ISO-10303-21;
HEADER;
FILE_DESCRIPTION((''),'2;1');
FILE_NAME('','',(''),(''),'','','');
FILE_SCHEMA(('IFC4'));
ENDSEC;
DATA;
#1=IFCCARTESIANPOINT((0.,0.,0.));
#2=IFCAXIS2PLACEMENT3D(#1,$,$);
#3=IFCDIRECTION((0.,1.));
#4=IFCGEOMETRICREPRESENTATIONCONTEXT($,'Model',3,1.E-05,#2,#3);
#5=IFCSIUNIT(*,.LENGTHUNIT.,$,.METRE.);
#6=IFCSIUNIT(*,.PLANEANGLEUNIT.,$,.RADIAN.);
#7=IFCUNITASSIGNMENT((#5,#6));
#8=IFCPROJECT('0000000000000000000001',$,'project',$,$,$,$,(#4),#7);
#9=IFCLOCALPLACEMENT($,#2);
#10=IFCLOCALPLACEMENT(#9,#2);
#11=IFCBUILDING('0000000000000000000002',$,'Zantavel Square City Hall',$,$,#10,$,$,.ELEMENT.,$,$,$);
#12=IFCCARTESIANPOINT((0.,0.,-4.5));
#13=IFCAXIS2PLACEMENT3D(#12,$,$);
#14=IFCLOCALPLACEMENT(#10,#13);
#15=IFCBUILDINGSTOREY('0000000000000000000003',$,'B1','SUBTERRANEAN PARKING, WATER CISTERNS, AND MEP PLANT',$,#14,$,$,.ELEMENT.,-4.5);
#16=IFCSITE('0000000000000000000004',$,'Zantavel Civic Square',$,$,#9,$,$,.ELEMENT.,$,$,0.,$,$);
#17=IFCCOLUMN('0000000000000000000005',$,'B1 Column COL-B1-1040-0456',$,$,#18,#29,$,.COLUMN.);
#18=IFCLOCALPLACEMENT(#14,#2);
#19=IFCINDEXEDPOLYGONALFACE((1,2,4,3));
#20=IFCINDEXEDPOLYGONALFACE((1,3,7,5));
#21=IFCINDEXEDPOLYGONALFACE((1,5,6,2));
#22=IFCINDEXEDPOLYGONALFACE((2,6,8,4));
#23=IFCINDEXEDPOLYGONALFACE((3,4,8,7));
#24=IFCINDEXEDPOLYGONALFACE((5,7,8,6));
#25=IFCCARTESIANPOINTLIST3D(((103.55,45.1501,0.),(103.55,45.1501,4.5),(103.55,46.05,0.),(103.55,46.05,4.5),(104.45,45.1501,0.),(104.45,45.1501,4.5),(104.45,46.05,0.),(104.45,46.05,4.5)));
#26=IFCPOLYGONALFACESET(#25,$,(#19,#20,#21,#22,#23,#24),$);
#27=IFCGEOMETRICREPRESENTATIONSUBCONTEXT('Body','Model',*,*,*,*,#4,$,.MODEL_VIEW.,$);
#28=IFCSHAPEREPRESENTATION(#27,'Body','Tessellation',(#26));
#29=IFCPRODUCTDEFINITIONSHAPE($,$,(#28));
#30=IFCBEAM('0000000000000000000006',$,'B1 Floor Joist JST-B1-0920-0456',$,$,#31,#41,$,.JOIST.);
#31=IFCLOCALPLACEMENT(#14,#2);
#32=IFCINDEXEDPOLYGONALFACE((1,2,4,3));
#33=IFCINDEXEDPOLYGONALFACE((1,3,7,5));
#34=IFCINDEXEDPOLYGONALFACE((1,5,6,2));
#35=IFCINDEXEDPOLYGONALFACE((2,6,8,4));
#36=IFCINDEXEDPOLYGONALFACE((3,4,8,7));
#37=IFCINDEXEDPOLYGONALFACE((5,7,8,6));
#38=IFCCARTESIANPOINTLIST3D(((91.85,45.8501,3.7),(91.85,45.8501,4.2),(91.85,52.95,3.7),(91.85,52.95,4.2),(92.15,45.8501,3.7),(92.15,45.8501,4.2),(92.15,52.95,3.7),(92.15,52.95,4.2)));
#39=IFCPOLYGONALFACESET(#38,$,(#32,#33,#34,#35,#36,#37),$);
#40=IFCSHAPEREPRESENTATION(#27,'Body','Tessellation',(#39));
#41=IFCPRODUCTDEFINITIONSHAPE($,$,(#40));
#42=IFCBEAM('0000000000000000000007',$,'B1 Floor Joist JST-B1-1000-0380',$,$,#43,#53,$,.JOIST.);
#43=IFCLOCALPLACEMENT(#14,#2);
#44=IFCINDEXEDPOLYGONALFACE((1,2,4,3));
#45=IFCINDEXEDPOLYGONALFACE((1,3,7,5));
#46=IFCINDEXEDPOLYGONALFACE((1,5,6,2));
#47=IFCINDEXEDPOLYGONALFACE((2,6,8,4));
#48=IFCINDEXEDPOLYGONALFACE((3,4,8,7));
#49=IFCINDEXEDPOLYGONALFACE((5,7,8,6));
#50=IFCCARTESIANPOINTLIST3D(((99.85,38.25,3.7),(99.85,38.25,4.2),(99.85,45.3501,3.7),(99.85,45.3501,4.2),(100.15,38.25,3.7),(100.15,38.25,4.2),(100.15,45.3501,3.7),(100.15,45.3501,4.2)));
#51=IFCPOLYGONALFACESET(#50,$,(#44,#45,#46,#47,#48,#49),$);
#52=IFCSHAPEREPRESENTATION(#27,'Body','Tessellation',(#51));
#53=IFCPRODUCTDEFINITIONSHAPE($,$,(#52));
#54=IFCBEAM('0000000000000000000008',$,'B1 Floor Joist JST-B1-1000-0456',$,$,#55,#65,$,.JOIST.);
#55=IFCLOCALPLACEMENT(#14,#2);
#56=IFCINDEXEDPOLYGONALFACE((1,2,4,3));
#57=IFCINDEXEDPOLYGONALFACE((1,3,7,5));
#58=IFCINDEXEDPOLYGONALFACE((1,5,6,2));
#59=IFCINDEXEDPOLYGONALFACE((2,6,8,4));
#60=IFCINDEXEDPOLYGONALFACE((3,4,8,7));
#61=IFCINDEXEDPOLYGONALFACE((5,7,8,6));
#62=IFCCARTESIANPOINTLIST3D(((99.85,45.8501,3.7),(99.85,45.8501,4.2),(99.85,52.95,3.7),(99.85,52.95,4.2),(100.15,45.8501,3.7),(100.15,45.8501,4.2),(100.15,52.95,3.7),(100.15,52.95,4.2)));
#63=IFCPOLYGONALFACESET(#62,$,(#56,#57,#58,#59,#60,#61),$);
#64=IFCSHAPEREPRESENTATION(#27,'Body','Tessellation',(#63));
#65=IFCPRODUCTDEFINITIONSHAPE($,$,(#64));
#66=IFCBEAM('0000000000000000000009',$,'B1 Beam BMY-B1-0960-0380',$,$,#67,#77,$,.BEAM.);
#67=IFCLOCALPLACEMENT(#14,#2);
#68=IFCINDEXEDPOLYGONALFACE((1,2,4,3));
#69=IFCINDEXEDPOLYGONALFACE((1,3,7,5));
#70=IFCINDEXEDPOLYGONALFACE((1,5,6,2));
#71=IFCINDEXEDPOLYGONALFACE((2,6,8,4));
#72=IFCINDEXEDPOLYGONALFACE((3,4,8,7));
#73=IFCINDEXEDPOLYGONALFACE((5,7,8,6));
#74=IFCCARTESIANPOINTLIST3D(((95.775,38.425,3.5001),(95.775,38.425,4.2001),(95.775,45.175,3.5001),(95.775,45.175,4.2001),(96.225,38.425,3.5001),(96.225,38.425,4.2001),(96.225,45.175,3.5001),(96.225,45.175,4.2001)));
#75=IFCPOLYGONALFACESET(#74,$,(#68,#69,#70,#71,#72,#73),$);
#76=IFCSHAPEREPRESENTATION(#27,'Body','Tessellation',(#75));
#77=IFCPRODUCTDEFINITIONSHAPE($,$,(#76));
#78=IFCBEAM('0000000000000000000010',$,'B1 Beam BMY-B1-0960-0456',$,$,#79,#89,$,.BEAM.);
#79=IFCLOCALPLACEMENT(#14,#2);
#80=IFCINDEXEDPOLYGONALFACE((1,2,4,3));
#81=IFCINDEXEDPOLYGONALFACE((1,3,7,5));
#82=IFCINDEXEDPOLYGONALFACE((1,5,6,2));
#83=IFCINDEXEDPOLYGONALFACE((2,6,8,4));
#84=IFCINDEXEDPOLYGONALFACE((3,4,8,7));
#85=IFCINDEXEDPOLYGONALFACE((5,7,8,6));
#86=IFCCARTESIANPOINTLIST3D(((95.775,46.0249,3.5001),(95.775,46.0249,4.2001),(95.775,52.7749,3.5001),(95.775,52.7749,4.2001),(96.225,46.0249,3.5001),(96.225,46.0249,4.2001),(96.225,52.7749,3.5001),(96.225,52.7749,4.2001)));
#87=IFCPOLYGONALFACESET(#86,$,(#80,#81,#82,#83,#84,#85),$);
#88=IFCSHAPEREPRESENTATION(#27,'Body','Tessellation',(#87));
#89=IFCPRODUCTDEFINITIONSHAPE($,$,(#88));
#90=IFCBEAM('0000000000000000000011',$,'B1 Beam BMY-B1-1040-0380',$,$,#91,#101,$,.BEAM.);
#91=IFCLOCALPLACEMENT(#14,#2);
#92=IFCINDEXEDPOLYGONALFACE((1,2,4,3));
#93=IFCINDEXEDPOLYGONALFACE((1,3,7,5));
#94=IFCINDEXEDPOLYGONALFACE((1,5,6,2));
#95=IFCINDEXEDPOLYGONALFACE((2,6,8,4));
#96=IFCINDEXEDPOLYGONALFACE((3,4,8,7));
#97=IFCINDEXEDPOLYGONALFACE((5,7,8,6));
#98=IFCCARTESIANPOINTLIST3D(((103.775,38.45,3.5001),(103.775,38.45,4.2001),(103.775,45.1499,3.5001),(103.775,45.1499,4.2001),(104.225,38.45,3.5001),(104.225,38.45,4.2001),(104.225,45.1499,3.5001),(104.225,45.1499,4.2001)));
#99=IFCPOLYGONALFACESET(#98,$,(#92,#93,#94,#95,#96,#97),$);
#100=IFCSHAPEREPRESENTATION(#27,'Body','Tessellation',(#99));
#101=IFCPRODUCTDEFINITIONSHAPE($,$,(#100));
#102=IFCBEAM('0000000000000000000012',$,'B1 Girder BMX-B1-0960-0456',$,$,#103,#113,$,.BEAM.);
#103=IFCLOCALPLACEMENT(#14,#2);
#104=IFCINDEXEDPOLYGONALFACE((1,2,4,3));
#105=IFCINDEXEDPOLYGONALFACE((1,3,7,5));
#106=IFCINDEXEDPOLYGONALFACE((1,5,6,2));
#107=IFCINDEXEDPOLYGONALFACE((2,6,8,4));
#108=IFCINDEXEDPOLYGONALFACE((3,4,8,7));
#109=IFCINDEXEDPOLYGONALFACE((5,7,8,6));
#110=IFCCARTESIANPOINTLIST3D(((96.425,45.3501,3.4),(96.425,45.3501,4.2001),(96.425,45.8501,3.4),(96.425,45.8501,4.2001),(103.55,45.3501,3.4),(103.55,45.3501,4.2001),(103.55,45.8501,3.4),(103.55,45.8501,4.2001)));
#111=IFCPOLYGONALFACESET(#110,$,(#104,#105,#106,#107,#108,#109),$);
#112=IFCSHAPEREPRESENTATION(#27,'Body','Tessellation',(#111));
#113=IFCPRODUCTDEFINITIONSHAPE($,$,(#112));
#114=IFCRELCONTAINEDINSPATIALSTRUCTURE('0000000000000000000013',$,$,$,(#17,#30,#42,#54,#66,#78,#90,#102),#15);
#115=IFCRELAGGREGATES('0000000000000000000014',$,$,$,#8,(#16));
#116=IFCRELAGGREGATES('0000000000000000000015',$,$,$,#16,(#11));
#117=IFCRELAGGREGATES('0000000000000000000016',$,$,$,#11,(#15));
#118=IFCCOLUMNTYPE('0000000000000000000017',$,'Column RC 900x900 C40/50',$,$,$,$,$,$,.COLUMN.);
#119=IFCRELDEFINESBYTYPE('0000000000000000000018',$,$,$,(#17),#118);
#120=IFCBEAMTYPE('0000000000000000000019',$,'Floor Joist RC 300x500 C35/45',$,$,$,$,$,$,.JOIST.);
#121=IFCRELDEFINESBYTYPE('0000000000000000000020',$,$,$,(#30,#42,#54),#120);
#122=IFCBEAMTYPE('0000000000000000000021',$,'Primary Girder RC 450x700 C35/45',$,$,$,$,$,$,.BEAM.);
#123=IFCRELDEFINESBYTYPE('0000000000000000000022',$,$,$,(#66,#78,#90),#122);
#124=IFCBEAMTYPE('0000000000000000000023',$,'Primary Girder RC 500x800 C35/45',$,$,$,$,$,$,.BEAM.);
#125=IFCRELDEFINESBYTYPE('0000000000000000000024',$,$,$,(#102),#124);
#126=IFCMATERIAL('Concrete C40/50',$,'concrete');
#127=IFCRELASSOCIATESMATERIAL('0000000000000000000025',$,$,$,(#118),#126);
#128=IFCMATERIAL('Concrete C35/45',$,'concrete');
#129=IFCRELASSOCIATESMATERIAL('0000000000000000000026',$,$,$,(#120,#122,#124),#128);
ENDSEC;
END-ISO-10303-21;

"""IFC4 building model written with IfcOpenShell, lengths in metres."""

from ifc_helpers import new_model, si_unit, direction, frame, origin, origin_2d, place, context, subcontext, project, spatial, rectangle, extrude, material, material_profile, profile_set, type_object, element, save


model = new_model("IFC4")

# Units and contexts
model_context = context("Model", 3, precision=1e-05, world=origin(), true_north=direction((0.0, 1.0)))
body_context = subcontext(model_context, "Body", "Model", "MODEL_VIEW")
ifc_project = project(units=[si_unit("LENGTHUNIT", "METRE"), si_unit("PLANEANGLEUNIT", "RADIAN")], contexts=[model_context])

# Site, building, storey
site_placement = place(None, origin())
site = spatial("IfcSite", under=ifc_project, at=site_placement, Name="Zantavel Civic Square", CompositionType="ELEMENT", RefElevation=0.0)
building_placement = place(site_placement, origin())
building = spatial("IfcBuilding", under=site, at=building_placement, Name="Zantavel Square City Hall", CompositionType="ELEMENT")
storey_placement = place(building_placement, frame((0.0, 0.0, -4.5)))
storey = spatial("IfcBuildingStorey", under=building, at=storey_placement, Name="B1", Description="SUBTERRANEAN PARKING, WATER CISTERNS, AND MEP PLANT", CompositionType="ELEMENT", Elevation=-4.5)

# Shared definitions
ifc_material_1 = material(Name="Concrete C35/45", Category="concrete")

# Shared definitions
ifc_material_2 = material(Name="Concrete C40/50", Category="concrete")

# Column
ifc_material_profile_1 = material_profile(ifc_material_2, rectangle(XDim=0.8999, YDim=0.8999, at=origin_2d()), Name="RC 900x900")
ifc_profile_set_1 = profile_set([ifc_material_profile_1], Name="Concrete C40/50")
column_type_1 = type_object("IfcColumnType", Name="Column RC 900x900 C40/50", PredefinedType="COLUMN", material=ifc_profile_set_1)
column_1_placement = place(storey_placement, frame((104.0, 45.6001, 0.0), z_axis=(0.0, 0.0, 1.0), x_axis=(1.0, 0.0, 0.0)))
element("IfcColumn", 1, at=column_1_placement, inside=storey, type_object=column_type_1, Name="B1 Column COL-B1-1040-0456", PredefinedType="COLUMN", context=body_context, shape_type="SweptSolid", body=[
    extrude(rectangle(XDim=0.8999, YDim=0.8999, at=origin_2d()), origin(), (0.0, 0.0, 1.0), 4.5),
])

# Beams
ifc_material_profile_2 = material_profile(ifc_material_1, rectangle(XDim=0.3, YDim=0.5, at=origin_2d()), Name="RC 300x500")
ifc_profile_set_2 = profile_set([ifc_material_profile_2], Name="Concrete C35/45")
beam_type_1 = type_object("IfcBeamType", Name="Floor Joist RC 300x500 C35/45", PredefinedType="JOIST", material=ifc_profile_set_2)
beam_1_placement = place(storey_placement, frame((92.0, 45.8501, 3.95), z_axis=(0.0, 1.0, 0.0), x_axis=(-1.0, 0.0, 0.0)))
element("IfcBeam", 2, at=beam_1_placement, inside=storey, type_object=beam_type_1, Name="B1 Floor Joist JST-B1-0920-0456", PredefinedType="JOIST", context=body_context, shape_type="SweptSolid", body=[
    extrude(rectangle(XDim=0.3, YDim=0.5, at=origin_2d()), origin(), (0.0, 0.0, 1.0), 7.0999),
])
beam_2_placement = place(storey_placement, frame((100.0, 38.25, 3.95), z_axis=(0.0, 1.0, 0.0), x_axis=(-1.0, 0.0, 0.0)))
element("IfcBeam", 3, at=beam_2_placement, inside=storey, type_object=beam_type_1, Name="B1 Floor Joist JST-B1-1000-0380", PredefinedType="JOIST", context=body_context, shape_type="SweptSolid", body=[
    extrude(rectangle(XDim=0.3, YDim=0.5, at=origin_2d()), origin(), (0.0, 0.0, 1.0), 7.1001),
])
beam_3_placement = place(storey_placement, frame((100.0, 45.8501, 3.95), z_axis=(0.0, 1.0, 0.0), x_axis=(-1.0, 0.0, 0.0)))
element("IfcBeam", 4, at=beam_3_placement, inside=storey, type_object=beam_type_1, Name="B1 Floor Joist JST-B1-1000-0456", PredefinedType="JOIST", context=body_context, shape_type="SweptSolid", body=[
    extrude(rectangle(XDim=0.3, YDim=0.5, at=origin_2d()), origin(), (0.0, 0.0, 1.0), 7.0999),
])
ifc_material_profile_3 = material_profile(ifc_material_1, rectangle(XDim=0.45, YDim=0.7, at=origin_2d()), Name="RC 450x700")
ifc_profile_set_3 = profile_set([ifc_material_profile_3], Name="Concrete C35/45")
beam_type_2 = type_object("IfcBeamType", Name="Primary Girder RC 450x700 C35/45", PredefinedType="BEAM", material=ifc_profile_set_3)
for number, where, z_axis, x_axis, name in (
    (5, (96.0, 38.425, 3.8501), (0.0, 1.0, 0.0), (-1.0, 0.0, 0.0), "B1 Beam BMY-B1-0960-0380"),
    (6, (96.0, 46.0249, 3.8501), (0.0, 1.0, 0.0), (-1.0, 0.0, 0.0), "B1 Beam BMY-B1-0960-0456"),
):
    element("IfcBeam", number, at=place(storey_placement, frame(where, z_axis=z_axis, x_axis=x_axis)), inside=storey, type_object=beam_type_2, Name=name, PredefinedType="BEAM", context=body_context, shape_type="SweptSolid", body=[
        extrude(rectangle(XDim=0.45, YDim=0.7, at=origin_2d()), origin(), (0.0, 0.0, 1.0), 6.75),
    ])
beam_4_placement = place(storey_placement, frame((104.0, 38.45, 3.8501), z_axis=(0.0, 1.0, 0.0), x_axis=(-1.0, 0.0, 0.0)))
element("IfcBeam", 7, at=beam_4_placement, inside=storey, type_object=beam_type_2, Name="B1 Beam BMY-B1-1040-0380", PredefinedType="BEAM", context=body_context, shape_type="SweptSolid", body=[
    extrude(rectangle(XDim=0.45, YDim=0.7, at=origin_2d()), origin(), (0.0, 0.0, 1.0), 6.7),
])
ifc_material_profile_4 = material_profile(ifc_material_1, rectangle(XDim=0.5, YDim=0.8, at=origin_2d()), Name="RC 500x800")
ifc_profile_set_4 = profile_set([ifc_material_profile_4], Name="Concrete C35/45")
beam_type_3 = type_object("IfcBeamType", Name="Primary Girder RC 500x800 C35/45", PredefinedType="BEAM", material=ifc_profile_set_4)
beam_5_placement = place(storey_placement, frame((96.425, 45.6001, 3.8), z_axis=(1.0, 0.0, 0.0), x_axis=(0.0, 1.0, 0.0)))
element("IfcBeam", 8, at=beam_5_placement, inside=storey, type_object=beam_type_3, Name="B1 Girder BMX-B1-0960-0456", PredefinedType="BEAM", context=body_context, shape_type="SweptSolid", body=[
    extrude(rectangle(XDim=0.5, YDim=0.8, at=origin_2d()), origin(), (0.0, 0.0, 1.0), 7.125),
])

save(model, "model.ifc")
